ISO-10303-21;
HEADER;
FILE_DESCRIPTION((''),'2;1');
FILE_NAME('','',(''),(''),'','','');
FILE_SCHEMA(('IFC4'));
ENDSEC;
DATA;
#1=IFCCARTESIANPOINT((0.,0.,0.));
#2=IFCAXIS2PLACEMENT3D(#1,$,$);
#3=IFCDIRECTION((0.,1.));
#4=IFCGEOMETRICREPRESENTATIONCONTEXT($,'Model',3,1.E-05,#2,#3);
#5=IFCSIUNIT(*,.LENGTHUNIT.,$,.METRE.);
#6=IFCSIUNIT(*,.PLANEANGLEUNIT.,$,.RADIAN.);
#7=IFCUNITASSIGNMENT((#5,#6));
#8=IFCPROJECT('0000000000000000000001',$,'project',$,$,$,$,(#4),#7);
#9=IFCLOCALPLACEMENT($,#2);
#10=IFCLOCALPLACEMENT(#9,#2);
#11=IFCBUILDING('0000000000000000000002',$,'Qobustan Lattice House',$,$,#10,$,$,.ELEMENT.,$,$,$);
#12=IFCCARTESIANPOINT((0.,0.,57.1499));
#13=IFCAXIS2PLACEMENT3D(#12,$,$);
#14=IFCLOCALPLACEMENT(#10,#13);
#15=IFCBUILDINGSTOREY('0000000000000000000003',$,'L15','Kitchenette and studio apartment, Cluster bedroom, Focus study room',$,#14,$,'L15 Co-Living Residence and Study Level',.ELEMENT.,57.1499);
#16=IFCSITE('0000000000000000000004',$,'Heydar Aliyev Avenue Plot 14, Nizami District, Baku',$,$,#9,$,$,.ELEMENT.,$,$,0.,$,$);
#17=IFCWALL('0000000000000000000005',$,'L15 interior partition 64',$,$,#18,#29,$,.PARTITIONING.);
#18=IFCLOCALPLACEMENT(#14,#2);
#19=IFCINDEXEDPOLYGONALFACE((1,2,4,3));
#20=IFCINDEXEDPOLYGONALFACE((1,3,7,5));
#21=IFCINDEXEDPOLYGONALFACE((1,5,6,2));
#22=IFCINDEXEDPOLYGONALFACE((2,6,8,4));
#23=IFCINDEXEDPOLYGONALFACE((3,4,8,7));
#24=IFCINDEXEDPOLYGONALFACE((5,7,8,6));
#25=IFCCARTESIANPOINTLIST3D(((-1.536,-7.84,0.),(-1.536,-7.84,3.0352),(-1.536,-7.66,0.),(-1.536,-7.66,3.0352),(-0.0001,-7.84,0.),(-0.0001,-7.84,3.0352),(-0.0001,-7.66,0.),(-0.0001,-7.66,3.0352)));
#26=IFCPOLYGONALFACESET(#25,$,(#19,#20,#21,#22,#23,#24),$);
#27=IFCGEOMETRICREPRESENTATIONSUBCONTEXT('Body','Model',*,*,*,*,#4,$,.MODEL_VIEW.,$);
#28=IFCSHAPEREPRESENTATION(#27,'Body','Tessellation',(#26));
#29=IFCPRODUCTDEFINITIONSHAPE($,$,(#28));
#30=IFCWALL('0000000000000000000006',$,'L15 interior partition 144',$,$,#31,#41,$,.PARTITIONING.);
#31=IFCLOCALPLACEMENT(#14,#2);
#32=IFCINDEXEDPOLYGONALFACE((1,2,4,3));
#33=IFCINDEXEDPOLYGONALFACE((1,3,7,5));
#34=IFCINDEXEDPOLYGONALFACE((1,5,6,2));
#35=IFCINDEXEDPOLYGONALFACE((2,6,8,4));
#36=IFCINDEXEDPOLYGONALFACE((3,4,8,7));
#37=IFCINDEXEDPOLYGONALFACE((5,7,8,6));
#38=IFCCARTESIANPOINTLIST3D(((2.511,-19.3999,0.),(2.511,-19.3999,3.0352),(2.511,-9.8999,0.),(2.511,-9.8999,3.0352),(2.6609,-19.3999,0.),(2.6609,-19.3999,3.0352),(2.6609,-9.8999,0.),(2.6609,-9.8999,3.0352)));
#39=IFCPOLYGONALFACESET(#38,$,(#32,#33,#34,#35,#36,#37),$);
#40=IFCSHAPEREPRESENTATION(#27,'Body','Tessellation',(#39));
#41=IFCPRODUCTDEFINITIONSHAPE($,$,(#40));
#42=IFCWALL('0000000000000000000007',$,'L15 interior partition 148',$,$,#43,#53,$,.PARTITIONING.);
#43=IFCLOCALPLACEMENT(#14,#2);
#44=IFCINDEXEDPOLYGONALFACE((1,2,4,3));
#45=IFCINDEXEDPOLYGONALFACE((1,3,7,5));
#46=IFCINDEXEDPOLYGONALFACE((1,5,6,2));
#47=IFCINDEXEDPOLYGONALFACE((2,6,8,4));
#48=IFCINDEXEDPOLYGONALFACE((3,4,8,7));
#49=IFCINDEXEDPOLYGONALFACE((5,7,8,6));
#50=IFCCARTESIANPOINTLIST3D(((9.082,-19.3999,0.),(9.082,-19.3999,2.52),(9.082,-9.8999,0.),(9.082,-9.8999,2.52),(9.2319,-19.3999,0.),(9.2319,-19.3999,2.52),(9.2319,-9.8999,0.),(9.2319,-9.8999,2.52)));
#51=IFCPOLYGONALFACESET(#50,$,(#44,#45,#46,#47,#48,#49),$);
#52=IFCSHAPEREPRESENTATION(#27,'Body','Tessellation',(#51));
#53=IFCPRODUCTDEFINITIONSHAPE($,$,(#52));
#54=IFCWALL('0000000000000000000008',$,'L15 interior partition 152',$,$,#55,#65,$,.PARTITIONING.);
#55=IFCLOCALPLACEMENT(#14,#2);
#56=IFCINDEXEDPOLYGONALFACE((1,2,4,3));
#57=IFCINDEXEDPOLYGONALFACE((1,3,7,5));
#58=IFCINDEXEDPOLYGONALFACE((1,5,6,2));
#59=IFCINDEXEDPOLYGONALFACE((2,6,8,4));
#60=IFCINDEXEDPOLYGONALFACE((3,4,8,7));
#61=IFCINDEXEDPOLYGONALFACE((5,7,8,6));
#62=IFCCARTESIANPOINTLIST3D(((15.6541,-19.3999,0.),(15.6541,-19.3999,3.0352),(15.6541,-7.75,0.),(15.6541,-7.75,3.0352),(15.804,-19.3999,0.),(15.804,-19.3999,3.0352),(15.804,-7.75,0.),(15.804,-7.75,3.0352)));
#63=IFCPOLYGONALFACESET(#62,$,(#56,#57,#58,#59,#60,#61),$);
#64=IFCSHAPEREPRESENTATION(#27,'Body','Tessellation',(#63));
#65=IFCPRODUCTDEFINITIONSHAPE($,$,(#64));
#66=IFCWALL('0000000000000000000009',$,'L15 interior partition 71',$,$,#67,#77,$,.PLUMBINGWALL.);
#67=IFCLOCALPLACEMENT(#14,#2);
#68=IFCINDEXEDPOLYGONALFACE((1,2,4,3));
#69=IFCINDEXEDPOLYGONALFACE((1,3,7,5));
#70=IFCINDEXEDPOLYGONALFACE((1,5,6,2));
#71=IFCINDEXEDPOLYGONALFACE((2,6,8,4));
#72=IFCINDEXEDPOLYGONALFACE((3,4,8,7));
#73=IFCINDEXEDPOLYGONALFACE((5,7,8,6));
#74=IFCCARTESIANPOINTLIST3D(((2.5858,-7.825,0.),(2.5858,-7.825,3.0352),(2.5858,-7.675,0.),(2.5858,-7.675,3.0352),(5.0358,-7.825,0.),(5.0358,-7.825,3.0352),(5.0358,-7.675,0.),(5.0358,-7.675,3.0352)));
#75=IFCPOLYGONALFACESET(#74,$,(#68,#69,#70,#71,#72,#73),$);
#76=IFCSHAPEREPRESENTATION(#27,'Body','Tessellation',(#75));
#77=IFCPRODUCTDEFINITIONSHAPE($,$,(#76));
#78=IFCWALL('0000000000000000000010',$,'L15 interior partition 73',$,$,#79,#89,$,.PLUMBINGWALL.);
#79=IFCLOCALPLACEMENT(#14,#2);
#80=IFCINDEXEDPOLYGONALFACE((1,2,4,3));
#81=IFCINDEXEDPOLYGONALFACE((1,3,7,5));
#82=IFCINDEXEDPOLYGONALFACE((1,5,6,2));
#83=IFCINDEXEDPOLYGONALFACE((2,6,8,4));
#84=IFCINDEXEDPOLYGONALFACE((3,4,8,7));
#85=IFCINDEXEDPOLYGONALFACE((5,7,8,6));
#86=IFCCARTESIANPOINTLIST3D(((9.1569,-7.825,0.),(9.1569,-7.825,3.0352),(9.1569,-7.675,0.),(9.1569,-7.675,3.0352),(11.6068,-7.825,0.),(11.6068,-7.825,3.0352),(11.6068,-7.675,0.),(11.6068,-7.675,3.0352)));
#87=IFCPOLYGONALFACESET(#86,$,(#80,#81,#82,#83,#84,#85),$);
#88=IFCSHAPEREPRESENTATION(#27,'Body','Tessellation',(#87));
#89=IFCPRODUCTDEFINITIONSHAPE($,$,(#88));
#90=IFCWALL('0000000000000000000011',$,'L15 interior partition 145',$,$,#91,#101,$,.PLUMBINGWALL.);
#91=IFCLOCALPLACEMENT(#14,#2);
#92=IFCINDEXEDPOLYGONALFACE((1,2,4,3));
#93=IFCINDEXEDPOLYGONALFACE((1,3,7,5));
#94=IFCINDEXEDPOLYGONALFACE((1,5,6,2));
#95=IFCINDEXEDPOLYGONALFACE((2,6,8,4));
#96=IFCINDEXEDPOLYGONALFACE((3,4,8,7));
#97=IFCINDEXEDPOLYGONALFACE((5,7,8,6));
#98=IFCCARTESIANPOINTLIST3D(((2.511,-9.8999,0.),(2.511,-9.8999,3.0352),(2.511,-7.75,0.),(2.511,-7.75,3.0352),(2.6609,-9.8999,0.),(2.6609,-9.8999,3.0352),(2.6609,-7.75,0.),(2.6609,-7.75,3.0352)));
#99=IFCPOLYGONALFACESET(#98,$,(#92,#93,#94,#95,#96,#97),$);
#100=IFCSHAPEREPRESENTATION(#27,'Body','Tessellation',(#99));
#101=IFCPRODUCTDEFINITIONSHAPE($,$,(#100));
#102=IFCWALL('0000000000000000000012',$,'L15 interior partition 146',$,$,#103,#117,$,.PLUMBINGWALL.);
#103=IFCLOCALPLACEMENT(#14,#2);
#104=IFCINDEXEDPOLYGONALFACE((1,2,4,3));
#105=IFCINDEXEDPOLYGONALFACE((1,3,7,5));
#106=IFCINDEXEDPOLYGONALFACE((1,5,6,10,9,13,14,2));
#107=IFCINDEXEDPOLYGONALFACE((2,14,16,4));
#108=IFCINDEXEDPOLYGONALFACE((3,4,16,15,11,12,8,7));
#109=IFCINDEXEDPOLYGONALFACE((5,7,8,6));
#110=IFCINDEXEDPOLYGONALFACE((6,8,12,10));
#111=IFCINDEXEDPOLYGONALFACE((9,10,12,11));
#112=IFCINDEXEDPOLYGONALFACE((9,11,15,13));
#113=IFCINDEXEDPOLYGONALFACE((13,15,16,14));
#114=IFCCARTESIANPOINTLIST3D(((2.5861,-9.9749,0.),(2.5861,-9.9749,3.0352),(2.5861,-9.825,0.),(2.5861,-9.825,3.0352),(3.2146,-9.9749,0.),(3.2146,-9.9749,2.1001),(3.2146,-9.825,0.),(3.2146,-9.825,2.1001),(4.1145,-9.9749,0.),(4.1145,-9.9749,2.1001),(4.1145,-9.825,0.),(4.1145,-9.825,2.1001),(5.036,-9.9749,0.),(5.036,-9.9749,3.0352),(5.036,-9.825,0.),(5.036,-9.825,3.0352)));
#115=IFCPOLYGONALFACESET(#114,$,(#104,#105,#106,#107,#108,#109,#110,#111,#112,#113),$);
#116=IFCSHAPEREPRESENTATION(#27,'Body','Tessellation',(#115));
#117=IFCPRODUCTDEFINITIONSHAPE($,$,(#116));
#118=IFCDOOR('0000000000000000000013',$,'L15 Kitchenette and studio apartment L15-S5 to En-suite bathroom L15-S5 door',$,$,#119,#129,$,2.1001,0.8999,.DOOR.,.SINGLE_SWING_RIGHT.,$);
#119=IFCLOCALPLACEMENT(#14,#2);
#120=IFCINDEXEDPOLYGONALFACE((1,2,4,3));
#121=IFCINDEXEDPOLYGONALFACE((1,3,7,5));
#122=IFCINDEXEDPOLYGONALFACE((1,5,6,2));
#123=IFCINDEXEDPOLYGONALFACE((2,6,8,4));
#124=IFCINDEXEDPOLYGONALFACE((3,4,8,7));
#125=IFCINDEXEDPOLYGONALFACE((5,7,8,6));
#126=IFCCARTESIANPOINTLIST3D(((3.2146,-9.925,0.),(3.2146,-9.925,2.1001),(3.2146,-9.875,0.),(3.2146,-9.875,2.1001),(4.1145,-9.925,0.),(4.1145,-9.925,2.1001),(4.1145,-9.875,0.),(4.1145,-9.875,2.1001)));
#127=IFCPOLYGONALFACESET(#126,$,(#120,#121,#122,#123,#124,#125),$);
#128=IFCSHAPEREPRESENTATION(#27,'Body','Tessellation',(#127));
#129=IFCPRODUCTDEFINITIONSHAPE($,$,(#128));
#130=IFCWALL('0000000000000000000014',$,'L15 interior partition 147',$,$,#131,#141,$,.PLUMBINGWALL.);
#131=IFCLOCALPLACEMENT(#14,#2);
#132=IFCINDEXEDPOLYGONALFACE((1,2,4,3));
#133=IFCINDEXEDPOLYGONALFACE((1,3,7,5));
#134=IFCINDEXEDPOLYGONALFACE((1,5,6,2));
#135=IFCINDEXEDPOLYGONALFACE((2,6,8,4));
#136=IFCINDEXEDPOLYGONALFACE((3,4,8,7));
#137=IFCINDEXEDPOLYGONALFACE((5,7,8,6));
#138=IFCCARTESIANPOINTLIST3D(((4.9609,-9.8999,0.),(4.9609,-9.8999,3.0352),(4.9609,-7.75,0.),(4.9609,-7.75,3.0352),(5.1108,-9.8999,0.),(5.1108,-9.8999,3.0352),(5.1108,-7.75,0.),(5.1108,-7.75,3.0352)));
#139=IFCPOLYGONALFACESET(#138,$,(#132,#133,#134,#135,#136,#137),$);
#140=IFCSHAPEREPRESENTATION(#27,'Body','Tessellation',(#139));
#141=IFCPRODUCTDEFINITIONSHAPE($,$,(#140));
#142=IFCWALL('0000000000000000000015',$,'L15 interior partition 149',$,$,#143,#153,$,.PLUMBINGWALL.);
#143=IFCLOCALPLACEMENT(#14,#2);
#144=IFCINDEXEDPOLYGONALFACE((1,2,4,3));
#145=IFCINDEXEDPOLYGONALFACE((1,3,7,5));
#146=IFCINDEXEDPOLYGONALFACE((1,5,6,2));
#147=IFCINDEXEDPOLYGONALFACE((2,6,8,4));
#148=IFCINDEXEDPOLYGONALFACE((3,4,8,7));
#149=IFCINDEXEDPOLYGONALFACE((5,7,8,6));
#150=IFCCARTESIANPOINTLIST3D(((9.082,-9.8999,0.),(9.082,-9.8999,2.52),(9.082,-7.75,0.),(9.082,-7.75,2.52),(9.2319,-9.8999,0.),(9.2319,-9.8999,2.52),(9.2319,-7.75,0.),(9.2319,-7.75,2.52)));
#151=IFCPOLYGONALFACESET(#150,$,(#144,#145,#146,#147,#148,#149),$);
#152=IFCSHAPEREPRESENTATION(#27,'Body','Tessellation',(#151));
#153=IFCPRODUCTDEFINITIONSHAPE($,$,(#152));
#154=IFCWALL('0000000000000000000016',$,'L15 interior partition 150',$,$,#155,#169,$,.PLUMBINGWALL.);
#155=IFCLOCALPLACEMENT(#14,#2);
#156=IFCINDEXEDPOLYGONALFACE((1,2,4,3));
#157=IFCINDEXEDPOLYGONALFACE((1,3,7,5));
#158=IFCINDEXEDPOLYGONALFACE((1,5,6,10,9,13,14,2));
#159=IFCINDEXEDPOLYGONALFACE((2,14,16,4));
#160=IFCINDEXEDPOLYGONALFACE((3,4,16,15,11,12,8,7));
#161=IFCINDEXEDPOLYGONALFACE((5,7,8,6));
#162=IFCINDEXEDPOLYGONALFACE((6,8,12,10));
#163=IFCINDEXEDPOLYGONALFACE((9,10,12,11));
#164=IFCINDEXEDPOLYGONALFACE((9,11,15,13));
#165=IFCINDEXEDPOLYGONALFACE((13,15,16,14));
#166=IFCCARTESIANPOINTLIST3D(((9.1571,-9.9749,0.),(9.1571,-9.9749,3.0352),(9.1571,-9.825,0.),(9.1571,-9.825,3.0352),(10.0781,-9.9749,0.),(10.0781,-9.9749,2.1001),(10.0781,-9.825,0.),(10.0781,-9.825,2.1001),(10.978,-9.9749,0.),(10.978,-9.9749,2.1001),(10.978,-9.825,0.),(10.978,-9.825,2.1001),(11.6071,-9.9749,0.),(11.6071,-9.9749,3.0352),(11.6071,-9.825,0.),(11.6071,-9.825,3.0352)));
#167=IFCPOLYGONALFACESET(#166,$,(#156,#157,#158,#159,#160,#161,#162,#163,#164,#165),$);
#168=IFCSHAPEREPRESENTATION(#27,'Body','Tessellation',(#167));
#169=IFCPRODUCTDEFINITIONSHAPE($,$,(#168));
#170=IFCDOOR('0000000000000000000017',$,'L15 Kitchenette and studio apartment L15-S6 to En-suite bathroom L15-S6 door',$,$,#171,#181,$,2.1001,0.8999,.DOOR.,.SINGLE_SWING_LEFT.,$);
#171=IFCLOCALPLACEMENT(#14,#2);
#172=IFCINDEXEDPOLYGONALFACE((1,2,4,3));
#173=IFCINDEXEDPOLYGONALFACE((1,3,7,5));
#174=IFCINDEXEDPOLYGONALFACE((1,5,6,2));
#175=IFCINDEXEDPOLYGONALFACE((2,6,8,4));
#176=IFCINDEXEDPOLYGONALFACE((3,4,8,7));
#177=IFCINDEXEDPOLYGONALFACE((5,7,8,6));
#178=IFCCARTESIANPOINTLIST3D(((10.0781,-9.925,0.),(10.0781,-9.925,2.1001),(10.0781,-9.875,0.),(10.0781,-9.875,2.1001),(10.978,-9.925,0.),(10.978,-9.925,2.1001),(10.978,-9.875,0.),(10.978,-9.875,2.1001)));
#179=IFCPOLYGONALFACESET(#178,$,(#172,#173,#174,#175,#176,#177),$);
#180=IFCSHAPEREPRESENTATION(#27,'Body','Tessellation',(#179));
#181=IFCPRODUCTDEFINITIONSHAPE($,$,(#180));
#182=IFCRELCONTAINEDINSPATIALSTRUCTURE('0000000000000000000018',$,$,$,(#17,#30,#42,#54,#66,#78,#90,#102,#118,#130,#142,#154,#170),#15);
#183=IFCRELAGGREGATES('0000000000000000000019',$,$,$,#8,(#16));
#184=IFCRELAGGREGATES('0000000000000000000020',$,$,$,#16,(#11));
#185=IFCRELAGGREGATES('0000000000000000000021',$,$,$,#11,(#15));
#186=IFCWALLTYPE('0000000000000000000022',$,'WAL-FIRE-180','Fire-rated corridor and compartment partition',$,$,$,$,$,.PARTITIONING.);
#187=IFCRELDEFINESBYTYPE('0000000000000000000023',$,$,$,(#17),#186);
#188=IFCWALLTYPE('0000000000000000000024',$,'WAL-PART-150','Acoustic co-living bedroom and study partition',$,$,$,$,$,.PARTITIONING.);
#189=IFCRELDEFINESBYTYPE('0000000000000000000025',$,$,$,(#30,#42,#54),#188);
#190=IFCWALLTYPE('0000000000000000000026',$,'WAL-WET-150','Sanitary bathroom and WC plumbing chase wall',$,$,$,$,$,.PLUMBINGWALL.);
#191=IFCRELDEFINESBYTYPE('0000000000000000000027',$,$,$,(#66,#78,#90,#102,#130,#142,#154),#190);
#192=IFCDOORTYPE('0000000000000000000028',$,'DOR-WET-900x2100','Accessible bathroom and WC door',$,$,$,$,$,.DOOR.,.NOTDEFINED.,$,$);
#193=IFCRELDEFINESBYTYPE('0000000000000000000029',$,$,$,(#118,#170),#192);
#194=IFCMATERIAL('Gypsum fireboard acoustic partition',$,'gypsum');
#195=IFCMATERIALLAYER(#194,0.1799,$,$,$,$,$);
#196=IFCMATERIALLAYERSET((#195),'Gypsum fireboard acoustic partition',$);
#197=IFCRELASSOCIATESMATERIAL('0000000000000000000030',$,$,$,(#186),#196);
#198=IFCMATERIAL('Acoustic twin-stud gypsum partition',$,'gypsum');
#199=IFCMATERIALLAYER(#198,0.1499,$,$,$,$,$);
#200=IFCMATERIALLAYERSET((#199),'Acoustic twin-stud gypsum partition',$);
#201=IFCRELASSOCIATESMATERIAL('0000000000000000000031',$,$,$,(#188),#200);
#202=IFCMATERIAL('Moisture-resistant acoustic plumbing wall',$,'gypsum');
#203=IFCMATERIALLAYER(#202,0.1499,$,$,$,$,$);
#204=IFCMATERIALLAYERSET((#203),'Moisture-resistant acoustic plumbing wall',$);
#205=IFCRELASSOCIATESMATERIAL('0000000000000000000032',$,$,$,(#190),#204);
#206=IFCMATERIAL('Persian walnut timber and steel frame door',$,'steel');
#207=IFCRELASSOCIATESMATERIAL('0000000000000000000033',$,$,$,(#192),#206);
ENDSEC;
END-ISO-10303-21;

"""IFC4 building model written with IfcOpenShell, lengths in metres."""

from ifc_helpers import new_model, si_unit, direction, frame, frame_2d, origin, place, context, subcontext, project, spatial, rectangle, extrude, material, layer, layer_set, type_object, element, fill, save


model = new_model("IFC4")

# Units and contexts
model_context = context("Model", 3, precision=1e-05, world=origin(), true_north=direction((0.0, 1.0)))
body_context = subcontext(model_context, "Body", "Model", "MODEL_VIEW")
ifc_project = project(units=[si_unit("LENGTHUNIT", "METRE"), si_unit("PLANEANGLEUNIT", "RADIAN")], contexts=[model_context])

# Site, building, storey
site_placement = place(None, origin())
site = spatial("IfcSite", under=ifc_project, at=site_placement, Name="Heydar Aliyev Avenue Plot 14, Nizami District, Baku", CompositionType="ELEMENT", RefElevation=0.0)
building_placement = place(site_placement, origin())
building = spatial("IfcBuilding", under=site, at=building_placement, Name="Qobustan Lattice House", CompositionType="ELEMENT")
storey_placement = place(building_placement, frame((0.0, 0.0, 57.1499)))
storey = spatial("IfcBuildingStorey", under=building, at=storey_placement, Name="L15", Description="Kitchenette and studio apartment, Cluster bedroom, Focus study room", LongName="L15 Co-Living Residence and Study Level", CompositionType="ELEMENT", Elevation=57.1499)

# Wall
ifc_material_1 = material(Name="Gypsum fireboard acoustic partition", Category="gypsum")
ifc_layer_1 = layer(ifc_material_1, 0.1799)
ifc_layer_set_1 = layer_set([ifc_layer_1], Name="Gypsum fireboard acoustic partition")
wall_type_1 = type_object("IfcWallType", Name="WAL-FIRE-180", Description="Fire-rated corridor and compartment partition", PredefinedType="PARTITIONING", material=ifc_layer_set_1)
wall_1_placement = place(storey_placement, frame((0.0, -7.75, 0.0), z_axis=(0.0, 0.0, 1.0), x_axis=(-1.0, 0.0, 0.0)))
element("IfcWall", 1, at=wall_1_placement, inside=storey, type_object=wall_type_1, Name="L15 interior partition 64", PredefinedType="PARTITIONING", context=body_context, shape_type="SweptSolid", body=[
    extrude(rectangle(XDim=1.5359, YDim=0.1799, at=frame_2d((0.7681, 0.0))), origin(), (0.0, 0.0, 1.0), 3.0352),
])

# Walls
ifc_material_2 = material(Name="Acoustic twin-stud gypsum partition", Category="gypsum")
ifc_layer_2 = layer(ifc_material_2, 0.1499)
ifc_layer_set_2 = layer_set([ifc_layer_2], Name="Acoustic twin-stud gypsum partition")
wall_type_2 = type_object("IfcWallType", Name="WAL-PART-150", Description="Acoustic co-living bedroom and study partition", PredefinedType="PARTITIONING", material=ifc_layer_set_2)
wall_2_placement = place(storey_placement, frame((2.5859, -9.8999, 0.0), z_axis=(0.0, 0.0, 1.0), x_axis=(0.0, -1.0, 0.0)))
element("IfcWall", 2, at=wall_2_placement, inside=storey, type_object=wall_type_2, Name="L15 interior partition 144", PredefinedType="PARTITIONING", context=body_context, shape_type="SweptSolid", body=[
    extrude(rectangle(XDim=9.5, YDim=0.1499, at=frame_2d((4.75, 0.0))), origin(), (0.0, 0.0, 1.0), 3.0352),
])
wall_3_placement = place(storey_placement, frame((9.157, -9.8999, 0.0), z_axis=(0.0, 0.0, 1.0), x_axis=(0.0, -1.0, 0.0)))
element("IfcWall", 3, at=wall_3_placement, inside=storey, type_object=wall_type_2, Name="L15 interior partition 148", PredefinedType="PARTITIONING", context=body_context, shape_type="SweptSolid", body=[
    extrude(rectangle(XDim=9.5, YDim=0.1499, at=frame_2d((4.75, 0.0))), origin(), (0.0, 0.0, 1.0), 2.52),
])
wall_4_placement = place(storey_placement, frame((15.729, -7.75, 0.0), z_axis=(0.0, 0.0, 1.0), x_axis=(0.0, -1.0, 0.0)))
element("IfcWall", 4, at=wall_4_placement, inside=storey, type_object=wall_type_2, Name="L15 interior partition 152", PredefinedType="PARTITIONING", context=body_context, shape_type="SweptSolid", body=[
    extrude(rectangle(XDim=11.6499, YDim=0.1499, at=frame_2d((5.825, 0.0))), origin(), (0.0, 0.0, 1.0), 3.0352),
])
ifc_material_3 = material(Name="Moisture-resistant acoustic plumbing wall", Category="gypsum")
ifc_layer_3 = layer(ifc_material_3, 0.1499)
ifc_layer_set_3 = layer_set([ifc_layer_3], Name="Moisture-resistant acoustic plumbing wall")
wall_type_3 = type_object("IfcWallType", Name="WAL-WET-150", Description="Sanitary bathroom and WC plumbing chase wall", PredefinedType="PLUMBINGWALL", material=ifc_layer_set_3)
for number, where, z_axis, x_axis, name in (
    (5, (5.0359, -7.75, 0.0), (0.0, 0.0, 1.0), (-1.0, 0.0, 0.0), "L15 interior partition 71"),
    (6, (11.6069, -7.75, 0.0), (0.0, 0.0, 1.0), (-1.0, 0.0, 0.0), "L15 interior partition 73"),
):
    element("IfcWall", number, at=place(storey_placement, frame(where, z_axis=z_axis, x_axis=x_axis)), inside=storey, type_object=wall_type_3, Name=name, PredefinedType="PLUMBINGWALL", context=body_context, shape_type="SweptSolid", body=[
        extrude(rectangle(XDim=2.45, YDim=0.1499, at=frame_2d((1.2251, 0.0))), origin(), (0.0, 0.0, 1.0), 3.0352),
    ])
wall_5_placement = place(storey_placement, frame((2.5859, -7.75, 0.0), z_axis=(0.0, 0.0, 1.0), x_axis=(0.0, -1.0, 0.0)))
element("IfcWall", 7, at=wall_5_placement, inside=storey, type_object=wall_type_3, Name="L15 interior partition 145", PredefinedType="PLUMBINGWALL", context=body_context, shape_type="SweptSolid", body=[
    extrude(rectangle(XDim=2.1499, YDim=0.1499, at=frame_2d((1.075, 0.0))), origin(), (0.0, 0.0, 1.0), 3.0352),
])

# Wall, opening, door
wall_6_placement = place(storey_placement, frame((2.5859, -9.8999, 0.0), z_axis=(0.0, 0.0, 1.0), x_axis=(1.0, 0.0, 0.0)))
wall_6 = element("IfcWall", 8, at=wall_6_placement, inside=storey, type_object=wall_type_3, Name="L15 interior partition 146", PredefinedType="PLUMBINGWALL", context=body_context, shape_type="SweptSolid", body=[
    extrude(rectangle(XDim=2.45, YDim=0.1499, at=frame_2d((1.2251, 0.0))), origin(), (0.0, 0.0, 1.0), 3.0352),
])
opening_1_placement = place(wall_6_placement, frame((0.6287, 0.0, 0.0)))
opening_1 = element("IfcOpeningElement", 9, at=opening_1_placement, cuts=wall_6, PredefinedType="OPENING", context=body_context, shape_type="SweptSolid", body=[
    extrude(rectangle(XDim=0.8999, YDim=2.1001, at=frame_2d((0.45, 1.05))), frame((0.0, 0.085, 0.0), z_axis=(0.0, -1.0, 0.0), x_axis=(1.0, 0.0, 0.0)), (0.0, 0.0, 1.0), 0.1699),
])
ifc_material_4 = material(Name="Persian walnut timber and steel frame door", Category="steel")
door_type_1 = type_object("IfcDoorType", Name="DOR-WET-900x2100", Description="Accessible bathroom and WC door", OperationType="NOTDEFINED", PredefinedType="DOOR", material=ifc_material_4)
door_1_placement = place(opening_1_placement, origin())
door_1 = element("IfcDoor", 10, at=door_1_placement, inside=storey, type_object=door_type_1, Name="L15 Kitchenette and studio apartment L15-S5 to En-suite bathroom L15-S5 door", OperationType="SINGLE_SWING_RIGHT", OverallHeight=2.1001, OverallWidth=0.8999, PredefinedType="DOOR", context=body_context, shape_type="SweptSolid", body=[
    extrude(rectangle(XDim=0.8999, YDim=2.1001, at=frame_2d((0.45, 1.05))), frame((0.0, 0.0249, 0.0), z_axis=(0.0, -1.0, 0.0), x_axis=(1.0, 0.0, 0.0)), (0.0, 0.0, 1.0), 0.05),
])
fill(opening_1, door_1)

# Walls
wall_7_placement = place(storey_placement, frame((5.0359, -9.8999, 0.0), z_axis=(0.0, 0.0, 1.0), x_axis=(0.0, 1.0, 0.0)))
element("IfcWall", 11, at=wall_7_placement, inside=storey, type_object=wall_type_3, Name="L15 interior partition 147", PredefinedType="PLUMBINGWALL", context=body_context, shape_type="SweptSolid", body=[
    extrude(rectangle(XDim=2.1499, YDim=0.1499, at=frame_2d((1.075, 0.0))), origin(), (0.0, 0.0, 1.0), 3.0352),
])
wall_8_placement = place(storey_placement, frame((9.157, -7.75, 0.0), z_axis=(0.0, 0.0, 1.0), x_axis=(0.0, -1.0, 0.0)))
element("IfcWall", 12, at=wall_8_placement, inside=storey, type_object=wall_type_3, Name="L15 interior partition 149", PredefinedType="PLUMBINGWALL", context=body_context, shape_type="SweptSolid", body=[
    extrude(rectangle(XDim=2.1499, YDim=0.1499, at=frame_2d((1.075, 0.0))), origin(), (0.0, 0.0, 1.0), 2.52),
])

# Wall, opening, door
wall_9_placement = place(storey_placement, frame((9.157, -9.8999, 0.0), z_axis=(0.0, 0.0, 1.0), x_axis=(1.0, 0.0, 0.0)))
wall_9 = element("IfcWall", 13, at=wall_9_placement, inside=storey, type_object=wall_type_3, Name="L15 interior partition 150", PredefinedType="PLUMBINGWALL", context=body_context, shape_type="SweptSolid", body=[
    extrude(rectangle(XDim=2.45, YDim=0.1499, at=frame_2d((1.2251, 0.0))), origin(), (0.0, 0.0, 1.0), 3.0352),
])
opening_2_placement = place(wall_9_placement, frame((0.9211, 0.0, 0.0)))
opening_2 = element("IfcOpeningElement", 14, at=opening_2_placement, cuts=wall_9, PredefinedType="OPENING", context=body_context, shape_type="SweptSolid", body=[
    extrude(rectangle(XDim=0.8999, YDim=2.1001, at=frame_2d((0.45, 1.05))), frame((0.0, 0.085, 0.0), z_axis=(0.0, -1.0, 0.0), x_axis=(1.0, 0.0, 0.0)), (0.0, 0.0, 1.0), 0.1699),
])
door_2_placement = place(opening_2_placement, origin())
door_2 = element("IfcDoor", 15, at=door_2_placement, inside=storey, type_object=door_type_1, Name="L15 Kitchenette and studio apartment L15-S6 to En-suite bathroom L15-S6 door", OperationType="SINGLE_SWING_LEFT", OverallHeight=2.1001, OverallWidth=0.8999, PredefinedType="DOOR", context=body_context, shape_type="SweptSolid", body=[
    extrude(rectangle(XDim=0.8999, YDim=2.1001, at=frame_2d((0.45, 1.05))), frame((0.0, 0.0249, 0.0), z_axis=(0.0, -1.0, 0.0), x_axis=(1.0, 0.0, 0.0)), (0.0, 0.0, 1.0), 0.05),
])
fill(opening_2, door_2)

save(model, "model.ifc")
